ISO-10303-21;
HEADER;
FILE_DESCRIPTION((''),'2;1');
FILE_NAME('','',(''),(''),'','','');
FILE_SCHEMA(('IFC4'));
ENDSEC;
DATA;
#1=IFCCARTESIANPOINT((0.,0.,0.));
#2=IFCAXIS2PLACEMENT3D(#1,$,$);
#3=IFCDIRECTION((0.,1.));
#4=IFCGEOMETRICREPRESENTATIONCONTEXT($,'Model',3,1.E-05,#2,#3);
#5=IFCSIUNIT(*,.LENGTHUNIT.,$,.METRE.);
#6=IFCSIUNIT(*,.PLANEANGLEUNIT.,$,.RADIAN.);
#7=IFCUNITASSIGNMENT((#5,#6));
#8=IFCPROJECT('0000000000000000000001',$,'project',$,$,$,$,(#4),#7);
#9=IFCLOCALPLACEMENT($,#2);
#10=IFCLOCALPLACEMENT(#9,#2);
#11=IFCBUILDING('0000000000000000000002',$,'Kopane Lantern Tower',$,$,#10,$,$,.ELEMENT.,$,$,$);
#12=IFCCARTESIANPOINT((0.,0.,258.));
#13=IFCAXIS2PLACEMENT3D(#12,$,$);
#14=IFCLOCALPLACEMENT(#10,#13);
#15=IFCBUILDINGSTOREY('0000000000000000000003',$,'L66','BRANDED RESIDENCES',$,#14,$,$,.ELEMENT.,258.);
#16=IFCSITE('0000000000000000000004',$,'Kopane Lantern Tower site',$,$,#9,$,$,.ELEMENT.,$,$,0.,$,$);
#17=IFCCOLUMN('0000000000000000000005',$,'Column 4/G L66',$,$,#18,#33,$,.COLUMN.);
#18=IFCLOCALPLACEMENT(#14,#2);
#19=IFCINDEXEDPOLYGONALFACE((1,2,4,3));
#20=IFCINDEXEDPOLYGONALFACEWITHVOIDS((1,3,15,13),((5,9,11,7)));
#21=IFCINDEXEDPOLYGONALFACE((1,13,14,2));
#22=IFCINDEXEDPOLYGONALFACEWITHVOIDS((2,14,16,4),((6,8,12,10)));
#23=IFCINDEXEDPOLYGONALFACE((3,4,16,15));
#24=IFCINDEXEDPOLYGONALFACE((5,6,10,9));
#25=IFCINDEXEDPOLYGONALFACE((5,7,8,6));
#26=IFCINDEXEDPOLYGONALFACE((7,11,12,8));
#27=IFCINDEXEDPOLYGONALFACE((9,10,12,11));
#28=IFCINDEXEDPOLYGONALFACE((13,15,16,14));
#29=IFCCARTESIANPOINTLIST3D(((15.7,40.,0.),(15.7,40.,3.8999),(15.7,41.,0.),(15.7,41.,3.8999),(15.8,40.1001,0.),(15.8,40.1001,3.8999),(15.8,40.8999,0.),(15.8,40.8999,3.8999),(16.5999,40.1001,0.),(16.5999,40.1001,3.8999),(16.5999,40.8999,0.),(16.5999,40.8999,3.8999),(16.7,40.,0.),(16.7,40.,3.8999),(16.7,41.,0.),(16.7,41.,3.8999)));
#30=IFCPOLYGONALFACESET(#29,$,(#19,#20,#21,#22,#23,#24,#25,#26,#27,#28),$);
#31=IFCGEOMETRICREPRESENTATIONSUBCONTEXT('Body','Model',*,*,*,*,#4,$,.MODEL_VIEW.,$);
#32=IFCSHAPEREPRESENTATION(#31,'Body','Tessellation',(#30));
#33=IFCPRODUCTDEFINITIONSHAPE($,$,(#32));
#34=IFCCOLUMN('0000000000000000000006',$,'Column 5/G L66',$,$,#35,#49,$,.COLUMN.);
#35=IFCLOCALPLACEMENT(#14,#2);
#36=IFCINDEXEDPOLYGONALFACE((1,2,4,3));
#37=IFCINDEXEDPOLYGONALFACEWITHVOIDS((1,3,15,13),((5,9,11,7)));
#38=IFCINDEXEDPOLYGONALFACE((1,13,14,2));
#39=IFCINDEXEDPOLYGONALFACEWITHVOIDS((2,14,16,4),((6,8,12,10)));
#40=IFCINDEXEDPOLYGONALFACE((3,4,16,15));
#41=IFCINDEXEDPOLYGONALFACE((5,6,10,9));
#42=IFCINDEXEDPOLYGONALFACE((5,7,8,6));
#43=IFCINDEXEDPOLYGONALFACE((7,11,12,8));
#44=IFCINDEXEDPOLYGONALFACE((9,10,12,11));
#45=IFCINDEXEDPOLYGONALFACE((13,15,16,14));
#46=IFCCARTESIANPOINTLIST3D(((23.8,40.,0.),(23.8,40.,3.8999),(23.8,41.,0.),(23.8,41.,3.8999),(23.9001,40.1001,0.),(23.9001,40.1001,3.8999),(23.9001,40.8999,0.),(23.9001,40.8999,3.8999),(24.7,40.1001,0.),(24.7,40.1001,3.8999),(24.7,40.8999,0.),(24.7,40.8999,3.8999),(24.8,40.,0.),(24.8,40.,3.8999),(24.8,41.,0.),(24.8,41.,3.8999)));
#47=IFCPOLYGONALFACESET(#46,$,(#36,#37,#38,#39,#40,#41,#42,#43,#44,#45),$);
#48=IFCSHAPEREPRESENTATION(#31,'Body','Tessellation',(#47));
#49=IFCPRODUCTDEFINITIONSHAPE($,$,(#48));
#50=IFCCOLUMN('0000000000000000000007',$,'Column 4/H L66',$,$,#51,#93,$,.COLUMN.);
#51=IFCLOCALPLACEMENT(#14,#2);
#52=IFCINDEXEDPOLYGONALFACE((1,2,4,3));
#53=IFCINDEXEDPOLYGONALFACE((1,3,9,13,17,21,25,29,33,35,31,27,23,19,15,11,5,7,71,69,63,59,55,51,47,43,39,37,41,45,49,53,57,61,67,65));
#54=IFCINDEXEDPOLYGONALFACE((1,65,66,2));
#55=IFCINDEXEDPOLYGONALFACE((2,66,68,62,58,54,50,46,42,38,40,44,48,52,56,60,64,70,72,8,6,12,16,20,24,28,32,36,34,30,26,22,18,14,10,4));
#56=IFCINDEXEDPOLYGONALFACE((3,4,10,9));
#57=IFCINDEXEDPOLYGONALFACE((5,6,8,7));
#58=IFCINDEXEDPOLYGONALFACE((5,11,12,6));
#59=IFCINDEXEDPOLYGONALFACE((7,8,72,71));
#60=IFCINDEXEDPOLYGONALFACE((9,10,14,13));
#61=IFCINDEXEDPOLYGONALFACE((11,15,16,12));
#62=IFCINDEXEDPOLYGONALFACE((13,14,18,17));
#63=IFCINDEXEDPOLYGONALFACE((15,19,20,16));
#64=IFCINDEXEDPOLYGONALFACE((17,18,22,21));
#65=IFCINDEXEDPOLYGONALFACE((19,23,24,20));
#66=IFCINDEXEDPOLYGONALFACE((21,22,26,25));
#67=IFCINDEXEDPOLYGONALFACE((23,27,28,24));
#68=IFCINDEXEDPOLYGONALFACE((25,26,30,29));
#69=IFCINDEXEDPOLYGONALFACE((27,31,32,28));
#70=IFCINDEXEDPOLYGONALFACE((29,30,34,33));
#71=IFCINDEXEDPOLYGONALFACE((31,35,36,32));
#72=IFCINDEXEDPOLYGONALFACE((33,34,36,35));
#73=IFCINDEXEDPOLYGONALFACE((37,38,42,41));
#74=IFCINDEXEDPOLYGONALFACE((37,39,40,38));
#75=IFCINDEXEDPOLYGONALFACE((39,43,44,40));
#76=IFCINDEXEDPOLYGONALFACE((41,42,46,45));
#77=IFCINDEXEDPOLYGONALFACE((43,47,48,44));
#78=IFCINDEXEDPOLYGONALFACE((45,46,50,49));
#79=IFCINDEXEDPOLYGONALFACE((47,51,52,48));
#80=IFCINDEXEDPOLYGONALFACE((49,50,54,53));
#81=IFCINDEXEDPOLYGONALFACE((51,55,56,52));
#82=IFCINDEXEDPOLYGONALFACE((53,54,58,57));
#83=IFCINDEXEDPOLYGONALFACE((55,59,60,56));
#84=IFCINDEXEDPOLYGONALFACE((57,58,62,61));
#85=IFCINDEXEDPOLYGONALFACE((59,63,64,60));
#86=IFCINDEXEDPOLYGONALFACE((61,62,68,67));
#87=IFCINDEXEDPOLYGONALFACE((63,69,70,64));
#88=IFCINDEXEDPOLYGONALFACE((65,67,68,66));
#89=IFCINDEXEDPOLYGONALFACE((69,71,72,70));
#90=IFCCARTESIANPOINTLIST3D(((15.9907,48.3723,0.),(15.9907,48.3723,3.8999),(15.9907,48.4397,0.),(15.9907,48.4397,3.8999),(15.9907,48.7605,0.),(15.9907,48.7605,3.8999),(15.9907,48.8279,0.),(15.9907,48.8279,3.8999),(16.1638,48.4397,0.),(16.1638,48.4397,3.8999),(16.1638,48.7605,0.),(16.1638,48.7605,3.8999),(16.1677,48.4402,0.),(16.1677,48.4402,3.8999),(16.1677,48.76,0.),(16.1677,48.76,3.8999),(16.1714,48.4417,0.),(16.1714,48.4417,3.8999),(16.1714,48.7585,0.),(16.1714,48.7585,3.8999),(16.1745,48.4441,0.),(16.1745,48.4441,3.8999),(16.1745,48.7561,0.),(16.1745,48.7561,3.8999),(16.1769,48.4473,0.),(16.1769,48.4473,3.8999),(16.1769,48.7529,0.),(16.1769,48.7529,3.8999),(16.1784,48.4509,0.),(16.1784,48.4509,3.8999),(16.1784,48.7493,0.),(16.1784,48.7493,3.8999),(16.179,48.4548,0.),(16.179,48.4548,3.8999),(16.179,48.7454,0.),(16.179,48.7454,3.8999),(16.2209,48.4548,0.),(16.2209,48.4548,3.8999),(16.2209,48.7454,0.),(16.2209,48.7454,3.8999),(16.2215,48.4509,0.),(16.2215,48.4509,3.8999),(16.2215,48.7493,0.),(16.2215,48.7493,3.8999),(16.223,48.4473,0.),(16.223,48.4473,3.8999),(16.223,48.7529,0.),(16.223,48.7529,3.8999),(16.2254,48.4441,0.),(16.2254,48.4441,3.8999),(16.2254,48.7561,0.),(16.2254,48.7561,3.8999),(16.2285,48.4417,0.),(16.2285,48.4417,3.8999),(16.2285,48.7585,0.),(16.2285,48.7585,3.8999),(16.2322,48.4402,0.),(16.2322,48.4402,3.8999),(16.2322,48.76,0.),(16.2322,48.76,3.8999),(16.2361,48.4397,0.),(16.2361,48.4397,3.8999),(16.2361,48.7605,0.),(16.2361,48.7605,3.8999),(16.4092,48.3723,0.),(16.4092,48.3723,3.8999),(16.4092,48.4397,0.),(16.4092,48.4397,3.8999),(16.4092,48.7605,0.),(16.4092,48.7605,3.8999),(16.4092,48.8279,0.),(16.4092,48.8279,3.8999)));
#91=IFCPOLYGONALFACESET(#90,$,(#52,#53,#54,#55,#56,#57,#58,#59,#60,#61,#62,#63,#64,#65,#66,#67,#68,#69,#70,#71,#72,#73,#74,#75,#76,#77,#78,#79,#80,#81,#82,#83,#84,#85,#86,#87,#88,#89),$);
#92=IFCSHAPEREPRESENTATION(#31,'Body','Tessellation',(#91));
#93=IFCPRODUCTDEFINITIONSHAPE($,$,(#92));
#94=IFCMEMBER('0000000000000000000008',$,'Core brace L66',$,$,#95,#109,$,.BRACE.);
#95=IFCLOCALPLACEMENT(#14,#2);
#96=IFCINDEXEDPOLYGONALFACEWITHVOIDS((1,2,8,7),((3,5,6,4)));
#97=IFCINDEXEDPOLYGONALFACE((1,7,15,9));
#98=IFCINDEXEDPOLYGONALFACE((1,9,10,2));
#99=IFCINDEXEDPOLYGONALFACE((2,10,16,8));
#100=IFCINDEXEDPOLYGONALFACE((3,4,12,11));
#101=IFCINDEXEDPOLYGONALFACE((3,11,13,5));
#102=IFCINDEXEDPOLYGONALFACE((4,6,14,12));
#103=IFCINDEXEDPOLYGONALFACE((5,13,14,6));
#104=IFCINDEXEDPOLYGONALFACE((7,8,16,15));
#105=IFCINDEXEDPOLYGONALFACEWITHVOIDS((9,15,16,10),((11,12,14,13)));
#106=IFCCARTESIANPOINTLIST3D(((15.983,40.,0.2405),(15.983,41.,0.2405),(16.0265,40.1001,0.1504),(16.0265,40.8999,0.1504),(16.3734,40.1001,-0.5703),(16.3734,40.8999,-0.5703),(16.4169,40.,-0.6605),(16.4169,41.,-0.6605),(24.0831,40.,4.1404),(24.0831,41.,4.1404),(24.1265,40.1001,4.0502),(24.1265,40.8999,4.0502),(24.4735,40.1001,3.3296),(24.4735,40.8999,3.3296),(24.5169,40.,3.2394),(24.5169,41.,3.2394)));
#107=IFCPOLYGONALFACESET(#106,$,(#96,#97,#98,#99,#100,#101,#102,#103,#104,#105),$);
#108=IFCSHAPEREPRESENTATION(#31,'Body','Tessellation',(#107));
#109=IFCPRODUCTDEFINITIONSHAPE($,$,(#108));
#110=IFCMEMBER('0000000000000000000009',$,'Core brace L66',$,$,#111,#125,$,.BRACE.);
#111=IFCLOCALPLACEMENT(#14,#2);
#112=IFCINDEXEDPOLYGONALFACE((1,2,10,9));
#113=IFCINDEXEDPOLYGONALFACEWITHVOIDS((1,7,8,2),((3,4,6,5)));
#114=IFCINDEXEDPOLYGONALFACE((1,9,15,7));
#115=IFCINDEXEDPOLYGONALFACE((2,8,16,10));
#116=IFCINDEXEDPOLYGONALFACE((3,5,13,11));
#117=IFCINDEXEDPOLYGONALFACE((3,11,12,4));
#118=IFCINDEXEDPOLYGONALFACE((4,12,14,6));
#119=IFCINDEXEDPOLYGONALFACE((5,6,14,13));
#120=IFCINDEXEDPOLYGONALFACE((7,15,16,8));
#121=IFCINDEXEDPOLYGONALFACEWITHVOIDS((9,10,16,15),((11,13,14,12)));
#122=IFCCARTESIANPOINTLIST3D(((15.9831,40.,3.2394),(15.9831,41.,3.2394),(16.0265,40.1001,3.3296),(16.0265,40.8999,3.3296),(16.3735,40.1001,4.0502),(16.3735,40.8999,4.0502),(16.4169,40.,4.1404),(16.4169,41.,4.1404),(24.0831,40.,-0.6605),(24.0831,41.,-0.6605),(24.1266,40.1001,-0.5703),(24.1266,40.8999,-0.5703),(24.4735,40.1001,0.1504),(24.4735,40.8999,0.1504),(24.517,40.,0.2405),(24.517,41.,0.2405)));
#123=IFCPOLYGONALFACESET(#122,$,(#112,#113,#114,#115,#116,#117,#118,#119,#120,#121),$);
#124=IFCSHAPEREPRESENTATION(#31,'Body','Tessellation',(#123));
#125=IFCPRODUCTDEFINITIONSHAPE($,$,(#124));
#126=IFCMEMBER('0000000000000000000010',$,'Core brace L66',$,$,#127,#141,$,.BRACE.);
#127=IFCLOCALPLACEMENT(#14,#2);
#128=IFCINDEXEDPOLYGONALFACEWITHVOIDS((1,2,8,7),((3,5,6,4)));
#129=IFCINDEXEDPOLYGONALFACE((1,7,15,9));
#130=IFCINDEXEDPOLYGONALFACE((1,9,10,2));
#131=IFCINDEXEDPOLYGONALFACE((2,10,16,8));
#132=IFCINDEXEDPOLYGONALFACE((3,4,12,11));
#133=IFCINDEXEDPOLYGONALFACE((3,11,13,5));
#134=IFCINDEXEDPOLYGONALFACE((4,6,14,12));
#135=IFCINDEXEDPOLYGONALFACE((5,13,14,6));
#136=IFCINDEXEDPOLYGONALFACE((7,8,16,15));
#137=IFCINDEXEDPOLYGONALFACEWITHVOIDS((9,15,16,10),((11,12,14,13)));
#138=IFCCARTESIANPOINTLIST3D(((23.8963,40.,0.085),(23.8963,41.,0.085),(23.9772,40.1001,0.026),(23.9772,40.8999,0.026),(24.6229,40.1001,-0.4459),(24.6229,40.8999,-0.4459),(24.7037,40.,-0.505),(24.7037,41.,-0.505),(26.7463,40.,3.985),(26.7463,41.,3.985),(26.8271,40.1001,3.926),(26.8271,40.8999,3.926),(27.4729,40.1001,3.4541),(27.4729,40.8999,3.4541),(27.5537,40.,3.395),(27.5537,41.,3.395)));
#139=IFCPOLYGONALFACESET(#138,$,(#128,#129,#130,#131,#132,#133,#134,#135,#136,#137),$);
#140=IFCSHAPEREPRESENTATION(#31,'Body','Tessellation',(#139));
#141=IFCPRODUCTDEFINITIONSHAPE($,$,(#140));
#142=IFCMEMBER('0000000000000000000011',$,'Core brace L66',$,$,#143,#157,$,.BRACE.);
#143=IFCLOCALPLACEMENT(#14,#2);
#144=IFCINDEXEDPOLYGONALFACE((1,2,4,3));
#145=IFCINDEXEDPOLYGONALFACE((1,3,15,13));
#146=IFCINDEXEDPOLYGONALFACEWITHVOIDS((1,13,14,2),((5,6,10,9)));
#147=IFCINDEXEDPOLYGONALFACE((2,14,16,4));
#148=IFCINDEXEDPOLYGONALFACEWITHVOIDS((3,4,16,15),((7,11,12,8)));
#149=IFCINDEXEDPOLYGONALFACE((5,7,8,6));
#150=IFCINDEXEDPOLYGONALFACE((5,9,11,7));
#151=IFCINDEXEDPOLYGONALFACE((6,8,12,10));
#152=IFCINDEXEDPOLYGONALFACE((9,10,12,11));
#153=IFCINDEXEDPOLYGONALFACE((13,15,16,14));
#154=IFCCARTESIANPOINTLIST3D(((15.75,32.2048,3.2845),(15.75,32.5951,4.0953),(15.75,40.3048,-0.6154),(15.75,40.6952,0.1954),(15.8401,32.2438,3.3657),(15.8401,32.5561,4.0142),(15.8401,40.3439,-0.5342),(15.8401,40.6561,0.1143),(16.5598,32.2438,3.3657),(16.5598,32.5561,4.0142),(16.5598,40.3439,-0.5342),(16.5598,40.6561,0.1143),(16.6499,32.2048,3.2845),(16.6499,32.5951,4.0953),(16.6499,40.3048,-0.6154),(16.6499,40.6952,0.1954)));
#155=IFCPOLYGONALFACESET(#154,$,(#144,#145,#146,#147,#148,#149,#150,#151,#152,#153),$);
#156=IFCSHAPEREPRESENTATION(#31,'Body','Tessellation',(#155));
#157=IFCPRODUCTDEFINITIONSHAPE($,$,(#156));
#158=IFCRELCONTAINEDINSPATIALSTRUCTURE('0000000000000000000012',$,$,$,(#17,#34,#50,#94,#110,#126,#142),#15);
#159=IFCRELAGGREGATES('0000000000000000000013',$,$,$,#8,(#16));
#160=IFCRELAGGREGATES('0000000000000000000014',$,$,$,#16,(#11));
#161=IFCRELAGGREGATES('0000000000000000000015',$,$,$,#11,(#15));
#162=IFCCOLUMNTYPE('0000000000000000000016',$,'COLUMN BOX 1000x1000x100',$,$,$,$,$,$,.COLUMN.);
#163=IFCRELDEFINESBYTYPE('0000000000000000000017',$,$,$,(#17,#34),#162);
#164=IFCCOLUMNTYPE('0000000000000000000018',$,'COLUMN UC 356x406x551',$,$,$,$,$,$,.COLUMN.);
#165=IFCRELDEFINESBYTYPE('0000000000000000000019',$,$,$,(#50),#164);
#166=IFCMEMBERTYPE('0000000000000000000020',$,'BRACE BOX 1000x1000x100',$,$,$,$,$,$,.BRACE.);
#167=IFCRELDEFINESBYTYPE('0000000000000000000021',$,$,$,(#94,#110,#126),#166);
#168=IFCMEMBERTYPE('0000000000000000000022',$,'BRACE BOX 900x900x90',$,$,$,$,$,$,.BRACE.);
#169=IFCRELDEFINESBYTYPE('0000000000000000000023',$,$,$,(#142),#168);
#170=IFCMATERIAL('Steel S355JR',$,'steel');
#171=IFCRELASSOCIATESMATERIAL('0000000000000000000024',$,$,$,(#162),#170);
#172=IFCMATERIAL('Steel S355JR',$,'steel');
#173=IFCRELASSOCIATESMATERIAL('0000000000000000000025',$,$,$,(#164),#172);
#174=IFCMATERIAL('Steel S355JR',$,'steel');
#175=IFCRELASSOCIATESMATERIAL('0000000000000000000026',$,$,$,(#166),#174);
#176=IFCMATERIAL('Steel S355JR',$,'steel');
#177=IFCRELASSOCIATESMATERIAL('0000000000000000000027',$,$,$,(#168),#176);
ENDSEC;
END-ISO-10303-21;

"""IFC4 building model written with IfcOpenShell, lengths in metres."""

from ifc_helpers import new_model, si_unit, direction, frame, origin, origin_2d, place, context, subcontext, project, spatial, hollow_rectangle, i_section, extrude, material, material_profile, profile_set, type_object, element, save


model = new_model("IFC4")

# Units and contexts
model_context = context("Model", 3, precision=1e-05, world=origin(), true_north=direction((0.0, 1.0)))
body_context = subcontext(model_context, "Body", "Model", "MODEL_VIEW")
ifc_project = project(units=[si_unit("LENGTHUNIT", "METRE"), si_unit("PLANEANGLEUNIT", "RADIAN")], contexts=[model_context])

# Site, building, storey
site_placement = place(None, origin())
site = spatial("IfcSite", under=ifc_project, at=site_placement, Name="Kopane Lantern Tower site", CompositionType="ELEMENT", RefElevation=0.0)
building_placement = place(site_placement, origin())
building = spatial("IfcBuilding", under=site, at=building_placement, Name="Kopane Lantern Tower", CompositionType="ELEMENT")
storey_placement = place(building_placement, frame((0.0, 0.0, 258.0)))
storey = spatial("IfcBuildingStorey", under=building, at=storey_placement, Name="L66", Description="BRANDED RESIDENCES", CompositionType="ELEMENT", Elevation=258.0)

# Columns
ifc_material_1 = material(Name="Steel S355JR", Category="steel")
ifc_material_profile_1 = material_profile(ifc_material_1, hollow_rectangle(XDim=1.0, YDim=1.0, WallThickness=0.1001, at=origin_2d()), Name="BOX 1000x1000x100")
ifc_profile_set_1 = profile_set([ifc_material_profile_1], Name="Steel S355JR")
column_type_1 = type_object("IfcColumnType", Name="COLUMN BOX 1000x1000x100", PredefinedType="COLUMN", material=ifc_profile_set_1)
for number, where, z_axis, x_axis, name in (
    (1, (16.2, 40.5, 0.0), (0.0, 0.0, 1.0), (1.0, 0.0, 0.0), "Column 4/G L66"),
    (2, (24.3, 40.5, 0.0), (0.0, 0.0, 1.0), (1.0, 0.0, 0.0), "Column 5/G L66"),
):
    element("IfcColumn", number, at=place(storey_placement, frame(where, z_axis=z_axis, x_axis=x_axis)), inside=storey, type_object=column_type_1, Name=name, PredefinedType="COLUMN", context=body_context, shape_type="SweptSolid", body=[
        extrude(hollow_rectangle(XDim=1.0, YDim=1.0, WallThickness=0.1001, at=origin_2d()), origin(), (0.0, 0.0, 1.0), 3.8999),
    ])
ifc_material_2 = material(Name="Steel S355JR", Category="steel")
ifc_material_profile_2 = material_profile(ifc_material_2, i_section(OverallWidth=0.4185, OverallDepth=0.4556, WebThickness=0.042, FlangeThickness=0.0674, FilletRadius=0.0151, at=origin_2d()), Name="UC 356x406x551")
ifc_profile_set_2 = profile_set([ifc_material_profile_2], Name="Steel S355JR")
column_type_2 = type_object("IfcColumnType", Name="COLUMN UC 356x406x551", PredefinedType="COLUMN", material=ifc_profile_set_2)
column_placement = place(storey_placement, frame((16.2, 48.6001, 0.0), z_axis=(0.0, 0.0, 1.0), x_axis=(1.0, 0.0, 0.0)))
element("IfcColumn", 3, at=column_placement, inside=storey, type_object=column_type_2, Name="Column 4/H L66", PredefinedType="COLUMN", context=body_context, shape_type="SweptSolid", body=[
    extrude(i_section(OverallWidth=0.4185, OverallDepth=0.4556, WebThickness=0.042, FlangeThickness=0.0674, FilletRadius=0.0151, at=origin_2d()), origin(), (0.0, 0.0, 1.0), 3.8999),
])

# Members
ifc_material_3 = material(Name="Steel S355JR", Category="steel")
ifc_material_profile_3 = material_profile(ifc_material_3, hollow_rectangle(XDim=1.0, YDim=1.0, WallThickness=0.1001, at=origin_2d()), Name="BOX 1000x1000x100")
ifc_profile_set_3 = profile_set([ifc_material_profile_3], Name="Steel S355JR")
member_type_1 = type_object("IfcMemberType", Name="BRACE BOX 1000x1000x100", PredefinedType="BRACE", material=ifc_profile_set_3)
for number, where, z_axis, x_axis, name in (
    (4, (16.2, 40.5, -0.21), (0.901008, 0.0, 0.433803), (0.0, 1.0, 0.0), "Core brace L66"),
    (5, (24.3, 40.5, -0.21), (-0.901008, 0.0, 0.433803), (0.0, -1.0, 0.0), "Core brace L66"),
):
    element("IfcMember", number, at=place(storey_placement, frame(where, z_axis=z_axis, x_axis=x_axis)), inside=storey, type_object=member_type_1, Name=name, PredefinedType="BRACE", context=body_context, shape_type="SweptSolid", body=[
        extrude(hollow_rectangle(XDim=1.0, YDim=1.0, WallThickness=0.1001, at=origin_2d()), origin(), (0.0, 0.0, 1.0), 8.99),
    ])
member_1_placement = place(storey_placement, frame((24.3, 40.5, -0.21), z_axis=(0.590006, 0.0, 0.807399), x_axis=(0.0, 1.0, 0.0)))
element("IfcMember", 6, at=member_1_placement, inside=storey, type_object=member_type_1, Name="Core brace L66", PredefinedType="BRACE", context=body_context, shape_type="SweptSolid", body=[
    extrude(hollow_rectangle(XDim=1.0, YDim=1.0, WallThickness=0.1001, at=origin_2d()), origin(), (0.0, 0.0, 1.0), 4.8303),
])
ifc_material_4 = material(Name="Steel S355JR", Category="steel")
ifc_material_profile_4 = material_profile(ifc_material_4, hollow_rectangle(XDim=0.8999, YDim=0.8999, WallThickness=0.0901, at=origin_2d()), Name="BOX 900x900x90")
ifc_profile_set_4 = profile_set([ifc_material_profile_4], Name="Steel S355JR")
member_type_2 = type_object("IfcMemberType", Name="BRACE BOX 900x900x90", PredefinedType="BRACE", material=ifc_profile_set_4)
member_2_placement = place(storey_placement, frame((16.2, 40.5, -0.21), z_axis=(0.0, -0.901008, 0.433803), x_axis=(1.0, 0.0, 0.0)))
element("IfcMember", 7, at=member_2_placement, inside=storey, type_object=member_type_2, Name="Core brace L66", PredefinedType="BRACE", context=body_context, shape_type="SweptSolid", body=[
    extrude(hollow_rectangle(XDim=0.8999, YDim=0.8999, WallThickness=0.0901, at=origin_2d()), origin(), (0.0, 0.0, 1.0), 8.99),
])

save(model, "model.ifc")
